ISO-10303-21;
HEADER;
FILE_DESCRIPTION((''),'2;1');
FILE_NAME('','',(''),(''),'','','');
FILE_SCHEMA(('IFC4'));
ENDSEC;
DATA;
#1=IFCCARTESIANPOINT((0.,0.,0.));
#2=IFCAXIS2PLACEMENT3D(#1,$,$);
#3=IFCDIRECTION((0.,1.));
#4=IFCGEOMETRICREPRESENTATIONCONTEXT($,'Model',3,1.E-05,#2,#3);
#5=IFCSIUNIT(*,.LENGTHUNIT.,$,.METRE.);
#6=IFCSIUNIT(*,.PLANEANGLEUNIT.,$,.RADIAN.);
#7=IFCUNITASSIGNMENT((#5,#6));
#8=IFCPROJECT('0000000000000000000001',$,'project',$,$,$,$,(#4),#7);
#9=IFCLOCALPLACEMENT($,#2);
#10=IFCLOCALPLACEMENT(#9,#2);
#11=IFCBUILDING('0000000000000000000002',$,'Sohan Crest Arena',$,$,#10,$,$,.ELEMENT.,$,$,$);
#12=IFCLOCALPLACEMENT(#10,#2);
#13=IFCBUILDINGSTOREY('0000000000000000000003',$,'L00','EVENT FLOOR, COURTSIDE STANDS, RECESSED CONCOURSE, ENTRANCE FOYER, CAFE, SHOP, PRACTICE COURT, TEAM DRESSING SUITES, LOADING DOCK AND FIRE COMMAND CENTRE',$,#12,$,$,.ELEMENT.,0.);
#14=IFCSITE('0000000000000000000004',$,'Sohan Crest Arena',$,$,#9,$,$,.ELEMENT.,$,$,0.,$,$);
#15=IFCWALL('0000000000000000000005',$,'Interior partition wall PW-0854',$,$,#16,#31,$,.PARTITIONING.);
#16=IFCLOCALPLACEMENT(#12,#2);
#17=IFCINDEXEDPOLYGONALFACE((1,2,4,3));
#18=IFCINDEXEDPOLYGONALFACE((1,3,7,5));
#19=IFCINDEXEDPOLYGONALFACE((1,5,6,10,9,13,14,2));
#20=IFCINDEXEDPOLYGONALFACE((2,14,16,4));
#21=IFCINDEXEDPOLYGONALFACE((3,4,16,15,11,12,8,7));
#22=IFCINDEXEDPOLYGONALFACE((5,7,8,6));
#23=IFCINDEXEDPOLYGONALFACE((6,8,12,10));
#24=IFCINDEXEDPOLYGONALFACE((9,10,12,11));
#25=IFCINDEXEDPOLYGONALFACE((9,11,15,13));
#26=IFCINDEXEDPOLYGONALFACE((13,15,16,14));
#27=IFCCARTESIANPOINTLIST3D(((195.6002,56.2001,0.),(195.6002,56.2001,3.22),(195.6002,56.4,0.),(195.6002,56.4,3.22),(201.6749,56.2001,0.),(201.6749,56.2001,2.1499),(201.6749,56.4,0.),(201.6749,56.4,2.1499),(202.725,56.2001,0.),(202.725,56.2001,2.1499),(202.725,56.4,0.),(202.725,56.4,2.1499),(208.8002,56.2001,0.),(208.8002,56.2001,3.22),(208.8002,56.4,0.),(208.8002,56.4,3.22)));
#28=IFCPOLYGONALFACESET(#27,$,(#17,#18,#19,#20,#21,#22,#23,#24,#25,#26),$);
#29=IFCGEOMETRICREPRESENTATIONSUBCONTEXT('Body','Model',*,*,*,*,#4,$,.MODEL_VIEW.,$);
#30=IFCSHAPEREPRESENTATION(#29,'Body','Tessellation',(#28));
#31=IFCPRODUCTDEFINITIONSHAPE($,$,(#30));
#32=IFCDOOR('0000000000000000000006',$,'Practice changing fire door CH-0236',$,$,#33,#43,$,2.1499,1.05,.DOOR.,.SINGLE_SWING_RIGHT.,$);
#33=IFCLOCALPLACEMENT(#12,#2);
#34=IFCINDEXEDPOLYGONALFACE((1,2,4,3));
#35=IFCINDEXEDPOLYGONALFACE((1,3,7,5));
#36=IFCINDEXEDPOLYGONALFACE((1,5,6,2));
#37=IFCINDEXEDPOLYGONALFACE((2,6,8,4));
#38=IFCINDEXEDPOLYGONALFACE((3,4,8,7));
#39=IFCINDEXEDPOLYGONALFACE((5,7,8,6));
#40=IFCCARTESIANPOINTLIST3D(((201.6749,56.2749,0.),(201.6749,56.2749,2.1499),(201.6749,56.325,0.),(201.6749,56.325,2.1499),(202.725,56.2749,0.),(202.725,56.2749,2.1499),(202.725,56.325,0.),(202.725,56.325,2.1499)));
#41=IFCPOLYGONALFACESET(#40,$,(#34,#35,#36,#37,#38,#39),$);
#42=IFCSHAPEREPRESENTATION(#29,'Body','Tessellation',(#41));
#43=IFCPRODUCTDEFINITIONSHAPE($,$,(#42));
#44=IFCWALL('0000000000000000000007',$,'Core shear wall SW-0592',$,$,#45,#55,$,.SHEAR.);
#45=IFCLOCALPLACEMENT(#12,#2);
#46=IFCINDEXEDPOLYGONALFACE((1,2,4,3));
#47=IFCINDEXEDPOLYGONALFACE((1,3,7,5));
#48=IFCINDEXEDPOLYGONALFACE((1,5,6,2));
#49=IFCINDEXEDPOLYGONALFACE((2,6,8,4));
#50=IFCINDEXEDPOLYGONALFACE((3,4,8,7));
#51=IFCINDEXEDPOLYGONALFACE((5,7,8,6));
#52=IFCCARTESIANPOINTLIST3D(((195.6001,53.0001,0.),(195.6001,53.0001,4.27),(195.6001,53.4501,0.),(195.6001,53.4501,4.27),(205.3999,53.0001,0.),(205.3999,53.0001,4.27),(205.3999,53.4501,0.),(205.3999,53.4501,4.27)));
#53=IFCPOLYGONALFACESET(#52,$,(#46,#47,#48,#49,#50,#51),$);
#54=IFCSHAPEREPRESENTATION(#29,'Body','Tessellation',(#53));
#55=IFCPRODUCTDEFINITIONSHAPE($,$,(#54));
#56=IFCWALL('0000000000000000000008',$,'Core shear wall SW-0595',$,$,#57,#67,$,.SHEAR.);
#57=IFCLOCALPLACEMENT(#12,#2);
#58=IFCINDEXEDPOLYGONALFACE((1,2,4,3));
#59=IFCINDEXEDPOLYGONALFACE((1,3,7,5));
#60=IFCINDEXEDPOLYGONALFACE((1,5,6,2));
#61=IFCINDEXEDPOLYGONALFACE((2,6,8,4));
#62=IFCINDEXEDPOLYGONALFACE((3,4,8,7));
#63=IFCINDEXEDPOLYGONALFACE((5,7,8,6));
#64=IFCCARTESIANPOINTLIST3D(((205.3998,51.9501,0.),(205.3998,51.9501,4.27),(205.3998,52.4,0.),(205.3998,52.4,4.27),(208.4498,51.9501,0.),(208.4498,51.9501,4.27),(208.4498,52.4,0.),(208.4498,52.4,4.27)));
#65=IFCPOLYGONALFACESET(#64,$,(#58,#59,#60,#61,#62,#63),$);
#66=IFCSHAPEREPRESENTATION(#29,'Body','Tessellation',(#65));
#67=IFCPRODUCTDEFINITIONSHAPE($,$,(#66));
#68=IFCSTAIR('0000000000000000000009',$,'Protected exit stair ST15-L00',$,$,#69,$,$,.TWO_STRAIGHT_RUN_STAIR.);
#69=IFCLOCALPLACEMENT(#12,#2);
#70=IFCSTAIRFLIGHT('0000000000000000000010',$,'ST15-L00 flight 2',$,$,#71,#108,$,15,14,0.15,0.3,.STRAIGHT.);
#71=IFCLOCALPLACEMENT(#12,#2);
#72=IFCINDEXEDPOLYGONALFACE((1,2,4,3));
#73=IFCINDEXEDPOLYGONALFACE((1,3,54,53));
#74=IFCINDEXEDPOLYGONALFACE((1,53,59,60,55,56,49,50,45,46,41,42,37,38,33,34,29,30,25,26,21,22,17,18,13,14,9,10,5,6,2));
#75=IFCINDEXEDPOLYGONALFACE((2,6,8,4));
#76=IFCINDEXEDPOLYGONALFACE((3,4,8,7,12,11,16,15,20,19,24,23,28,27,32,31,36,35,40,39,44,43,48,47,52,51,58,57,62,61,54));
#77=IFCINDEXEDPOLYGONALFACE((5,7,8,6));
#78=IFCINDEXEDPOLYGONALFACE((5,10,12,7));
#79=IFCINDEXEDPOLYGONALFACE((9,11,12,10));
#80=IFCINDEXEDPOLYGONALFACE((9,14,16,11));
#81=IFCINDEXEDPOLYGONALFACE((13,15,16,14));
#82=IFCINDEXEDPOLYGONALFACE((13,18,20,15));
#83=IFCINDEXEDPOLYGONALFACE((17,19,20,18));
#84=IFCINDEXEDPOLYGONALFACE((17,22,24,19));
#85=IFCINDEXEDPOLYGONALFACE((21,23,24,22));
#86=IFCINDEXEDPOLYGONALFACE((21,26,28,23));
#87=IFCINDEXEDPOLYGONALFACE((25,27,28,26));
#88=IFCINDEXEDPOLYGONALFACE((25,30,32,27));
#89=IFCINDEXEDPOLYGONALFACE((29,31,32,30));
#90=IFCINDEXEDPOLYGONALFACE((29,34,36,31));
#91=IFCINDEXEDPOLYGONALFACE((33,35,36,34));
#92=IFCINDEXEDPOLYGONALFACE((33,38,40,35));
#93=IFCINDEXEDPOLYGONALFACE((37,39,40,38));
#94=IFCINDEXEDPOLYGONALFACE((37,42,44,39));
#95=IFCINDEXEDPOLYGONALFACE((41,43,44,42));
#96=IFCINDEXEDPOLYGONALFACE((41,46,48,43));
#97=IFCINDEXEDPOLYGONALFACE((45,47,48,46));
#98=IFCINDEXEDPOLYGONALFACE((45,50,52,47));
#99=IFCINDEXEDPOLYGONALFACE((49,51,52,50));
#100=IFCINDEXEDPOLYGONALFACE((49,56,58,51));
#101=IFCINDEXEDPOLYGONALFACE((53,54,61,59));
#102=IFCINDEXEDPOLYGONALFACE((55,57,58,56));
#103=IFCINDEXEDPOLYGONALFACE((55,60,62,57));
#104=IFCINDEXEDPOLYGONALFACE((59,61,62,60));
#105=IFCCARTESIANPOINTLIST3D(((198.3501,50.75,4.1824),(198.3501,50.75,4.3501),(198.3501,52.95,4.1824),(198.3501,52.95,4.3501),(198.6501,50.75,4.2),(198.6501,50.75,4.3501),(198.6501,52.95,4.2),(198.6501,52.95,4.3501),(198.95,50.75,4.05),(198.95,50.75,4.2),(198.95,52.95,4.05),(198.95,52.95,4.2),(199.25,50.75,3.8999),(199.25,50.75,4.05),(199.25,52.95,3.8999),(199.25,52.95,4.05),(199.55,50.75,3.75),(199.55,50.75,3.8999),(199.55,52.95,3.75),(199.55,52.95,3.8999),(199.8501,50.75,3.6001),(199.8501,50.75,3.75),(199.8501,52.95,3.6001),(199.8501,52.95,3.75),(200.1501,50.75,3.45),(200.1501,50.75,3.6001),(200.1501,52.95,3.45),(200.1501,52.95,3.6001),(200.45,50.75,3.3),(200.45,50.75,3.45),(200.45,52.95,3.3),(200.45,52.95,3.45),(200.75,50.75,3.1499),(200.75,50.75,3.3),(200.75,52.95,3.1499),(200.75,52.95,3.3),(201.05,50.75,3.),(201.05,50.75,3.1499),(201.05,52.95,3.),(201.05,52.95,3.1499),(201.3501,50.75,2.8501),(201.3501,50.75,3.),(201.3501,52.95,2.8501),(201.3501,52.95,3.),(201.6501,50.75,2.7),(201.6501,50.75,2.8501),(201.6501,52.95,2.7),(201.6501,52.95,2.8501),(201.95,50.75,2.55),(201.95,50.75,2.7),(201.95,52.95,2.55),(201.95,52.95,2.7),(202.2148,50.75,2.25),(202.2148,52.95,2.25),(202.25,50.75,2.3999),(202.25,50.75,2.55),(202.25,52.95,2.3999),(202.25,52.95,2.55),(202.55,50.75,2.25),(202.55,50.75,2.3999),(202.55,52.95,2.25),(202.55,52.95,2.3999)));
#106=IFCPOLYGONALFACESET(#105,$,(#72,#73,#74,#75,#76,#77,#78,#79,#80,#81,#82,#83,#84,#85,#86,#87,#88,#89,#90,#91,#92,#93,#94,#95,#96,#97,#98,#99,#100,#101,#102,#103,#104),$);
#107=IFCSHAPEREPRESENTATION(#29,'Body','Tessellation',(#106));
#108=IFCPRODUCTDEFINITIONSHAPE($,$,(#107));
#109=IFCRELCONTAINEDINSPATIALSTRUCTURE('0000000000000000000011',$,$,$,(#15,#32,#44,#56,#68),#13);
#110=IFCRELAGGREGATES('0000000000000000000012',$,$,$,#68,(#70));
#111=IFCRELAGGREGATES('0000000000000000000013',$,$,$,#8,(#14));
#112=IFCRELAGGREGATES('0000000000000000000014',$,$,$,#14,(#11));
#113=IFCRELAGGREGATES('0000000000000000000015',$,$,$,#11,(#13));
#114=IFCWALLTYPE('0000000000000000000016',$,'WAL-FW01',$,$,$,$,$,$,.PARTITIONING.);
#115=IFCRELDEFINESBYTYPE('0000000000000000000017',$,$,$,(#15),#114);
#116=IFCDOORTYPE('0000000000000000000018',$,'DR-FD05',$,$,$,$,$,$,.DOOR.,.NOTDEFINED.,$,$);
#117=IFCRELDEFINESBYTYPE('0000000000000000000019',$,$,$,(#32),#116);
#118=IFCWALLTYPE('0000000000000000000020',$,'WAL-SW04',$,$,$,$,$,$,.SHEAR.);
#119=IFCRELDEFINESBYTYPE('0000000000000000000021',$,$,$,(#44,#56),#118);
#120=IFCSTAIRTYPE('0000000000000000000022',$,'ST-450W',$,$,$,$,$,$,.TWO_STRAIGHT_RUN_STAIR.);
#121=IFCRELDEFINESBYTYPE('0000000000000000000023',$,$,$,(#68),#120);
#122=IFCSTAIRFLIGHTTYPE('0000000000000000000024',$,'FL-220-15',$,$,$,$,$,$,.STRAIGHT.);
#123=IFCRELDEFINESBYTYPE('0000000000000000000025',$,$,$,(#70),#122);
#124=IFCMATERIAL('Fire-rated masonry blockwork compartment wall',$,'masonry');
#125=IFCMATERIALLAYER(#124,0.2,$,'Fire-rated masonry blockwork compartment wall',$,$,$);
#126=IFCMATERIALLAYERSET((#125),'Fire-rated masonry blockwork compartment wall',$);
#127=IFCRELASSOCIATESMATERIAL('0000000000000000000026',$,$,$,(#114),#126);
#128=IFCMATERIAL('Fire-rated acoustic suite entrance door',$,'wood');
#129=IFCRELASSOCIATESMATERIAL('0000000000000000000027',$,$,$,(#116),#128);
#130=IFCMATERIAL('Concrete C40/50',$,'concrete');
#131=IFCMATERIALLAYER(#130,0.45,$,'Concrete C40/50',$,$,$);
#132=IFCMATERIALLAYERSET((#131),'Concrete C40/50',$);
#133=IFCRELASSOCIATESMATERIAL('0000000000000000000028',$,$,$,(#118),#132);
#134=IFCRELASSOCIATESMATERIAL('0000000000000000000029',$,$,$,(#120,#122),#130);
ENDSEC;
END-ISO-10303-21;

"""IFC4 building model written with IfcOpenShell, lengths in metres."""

from ifc_helpers import new_model, si_unit, direction, frame, frame_2d, origin, place, context, subcontext, project, spatial, polyline, rectangle, outline, extrude, material, layer, layer_set, type_object, element, fill, aggregate, save


model = new_model("IFC4")

# Units and contexts
model_context = context("Model", 3, precision=1e-05, world=origin(), true_north=direction((0.0, 1.0)))
body_context = subcontext(model_context, "Body", "Model", "MODEL_VIEW")
ifc_project = project(units=[si_unit("LENGTHUNIT", "METRE"), si_unit("PLANEANGLEUNIT", "RADIAN")], contexts=[model_context])

# Site, building, storey
site_placement = place(None, origin())
site = spatial("IfcSite", under=ifc_project, at=site_placement, Name="Sohan Crest Arena", CompositionType="ELEMENT", RefElevation=0.0)
building_placement = place(site_placement, origin())
building = spatial("IfcBuilding", under=site, at=building_placement, Name="Sohan Crest Arena", CompositionType="ELEMENT")
storey_placement = place(building_placement, origin())
storey = spatial("IfcBuildingStorey", under=building, at=storey_placement, Name="L00", Description="EVENT FLOOR, COURTSIDE STANDS, RECESSED CONCOURSE, ENTRANCE FOYER, CAFE, SHOP, PRACTICE COURT, TEAM DRESSING SUITES, LOADING DOCK AND FIRE COMMAND CENTRE", CompositionType="ELEMENT", Elevation=0.0)

# Shared definitions
ifc_material_1 = material(Name="Concrete C40/50", Category="concrete")

# Wall, opening, door
ifc_material_2 = material(Name="Fire-rated masonry blockwork compartment wall", Category="masonry")
ifc_layer_1 = layer(ifc_material_2, 0.2, Name="Fire-rated masonry blockwork compartment wall")
ifc_layer_set_1 = layer_set([ifc_layer_1], Name="Fire-rated masonry blockwork compartment wall")
wall_type_1 = type_object("IfcWallType", Name="WAL-FW01", PredefinedType="PARTITIONING", material=ifc_layer_set_1)
wall_1_placement = place(storey_placement, frame((195.6001, 56.3, 0.0), z_axis=(0.0, 0.0, 1.0), x_axis=(1.0, 0.0, 0.0)))
wall_1 = element("IfcWall", 1, at=wall_1_placement, inside=storey, type_object=wall_type_1, Name="Interior partition wall PW-0854", PredefinedType="PARTITIONING", context=body_context, shape_type="SweptSolid", body=[
    extrude(rectangle(XDim=13.2, YDim=0.2, at=frame_2d((6.6001, 0.0))), origin(), (0.0, 0.0, 1.0), 3.22),
])
opening_placement = place(wall_1_placement, frame((6.075, 0.0, 0.0)))
opening = element("IfcOpeningElement", 2, at=opening_placement, cuts=wall_1, PredefinedType="OPENING", context=body_context, shape_type="SweptSolid", body=[
    extrude(rectangle(XDim=1.05, YDim=2.1499, at=frame_2d((0.5249, 1.075))), frame((0.0, 0.1099, 0.0), z_axis=(0.0, -1.0, 0.0), x_axis=(1.0, 0.0, 0.0)), (0.0, 0.0, 1.0), 0.22),
])
ifc_material_3 = material(Name="Fire-rated acoustic suite entrance door", Category="wood")
door_type = type_object("IfcDoorType", Name="DR-FD05", OperationType="NOTDEFINED", PredefinedType="DOOR", material=ifc_material_3)
door_placement = place(opening_placement, origin())
door = element("IfcDoor", 3, at=door_placement, inside=storey, type_object=door_type, Name="Practice changing fire door CH-0236", OperationType="SINGLE_SWING_RIGHT", OverallHeight=2.1499, OverallWidth=1.05, PredefinedType="DOOR", context=body_context, shape_type="SweptSolid", body=[
    extrude(rectangle(XDim=1.05, YDim=2.1499, at=frame_2d((0.5249, 1.075))), frame((0.0, 0.0249, 0.0), z_axis=(0.0, -1.0, 0.0), x_axis=(1.0, 0.0, 0.0)), (0.0, 0.0, 1.0), 0.05),
])
fill(opening, door)

# Walls
ifc_layer_2 = layer(ifc_material_1, 0.45, Name="Concrete C40/50")
ifc_layer_set_2 = layer_set([ifc_layer_2], Name="Concrete C40/50")
wall_type_2 = type_object("IfcWallType", Name="WAL-SW04", PredefinedType="SHEAR", material=ifc_layer_set_2)
wall_2_placement = place(storey_placement, frame((195.6001, 53.2251, 0.0), z_axis=(0.0, 0.0, 1.0), x_axis=(1.0, 0.0, 0.0)))
element("IfcWall", 4, at=wall_2_placement, inside=storey, type_object=wall_type_2, Name="Core shear wall SW-0592", PredefinedType="SHEAR", context=body_context, shape_type="SweptSolid", body=[
    extrude(rectangle(XDim=9.7998, YDim=0.45, at=frame_2d((4.8999, 0.0))), origin(), (0.0, 0.0, 1.0), 4.27),
])
wall_3_placement = place(storey_placement, frame((205.3999, 52.175, 0.0), z_axis=(0.0, 0.0, 1.0), x_axis=(1.0, 0.0, 0.0)))
element("IfcWall", 5, at=wall_3_placement, inside=storey, type_object=wall_type_2, Name="Core shear wall SW-0595", PredefinedType="SHEAR", context=body_context, shape_type="SweptSolid", body=[
    extrude(rectangle(XDim=3.05, YDim=0.45, at=frame_2d((1.5249, 0.0))), origin(), (0.0, 0.0, 1.0), 4.27),
])

# Stair, stair flight
stair_type = type_object("IfcStairType", Name="ST-450W", PredefinedType="TWO_STRAIGHT_RUN_STAIR", material=ifc_material_1)
stair_placement = place(storey_placement, origin())
stair = element("IfcStair", 6, at=stair_placement, inside=storey, type_object=stair_type, Name="Protected exit stair ST15-L00", PredefinedType="TWO_STRAIGHT_RUN_STAIR")
stair_flight_type = type_object("IfcStairFlightType", Name="FL-220-15", PredefinedType="STRAIGHT", material=ifc_material_1)
stair_flight_placement = place(storey_placement, frame((202.55, 51.8501, 2.25), z_axis=(0.0, 0.0, 1.0), x_axis=(-1.0, 0.0, 0.0)))
stair_flight = element("IfcStairFlight", 7, at=stair_flight_placement, type_object=stair_flight_type, Name="ST15-L00 flight 2", NumberOfRisers=15, NumberOfTreads=14, PredefinedType="STRAIGHT", RiserHeight=0.15, TreadLength=0.3, context=body_context, shape_type="SweptSolid", body=[
    extrude(outline(polyline([(0.0, 0.0), (0.0, 0.1499), (0.3, 0.1499), (0.3, 0.3), (0.6001, 0.3), (0.6001, 0.45), (0.8999, 0.45), (0.8999, 0.6001), (1.2, 0.6001), (1.2, 0.75), (1.5, 0.75), (1.5, 0.8999), (1.8, 0.8999), (1.8, 1.05), (2.1001, 1.05), (2.1001, 1.2), (2.3999, 1.2), (2.3999, 1.3501), (2.7, 1.3501), (2.7, 1.5), (3.0, 1.5), (3.0, 1.6499), (3.3, 1.6499), (3.3, 1.8), (3.6001, 1.8), (3.6001, 1.95), (3.8999, 1.95), (3.8999, 2.1001), (4.2, 2.1001), (4.2, 2.25), (4.2, 1.9324), (0.3352, 0.0), (0.0, 0.0)])), frame((0.0, 1.1001, 0.0), z_axis=(0.0, -1.0, 0.0), x_axis=(1.0, 0.0, 0.0)), (0.0, 0.0, 1.0), 2.2),
])
aggregate(stair, [stair_flight])

save(model, "model.ifc")
